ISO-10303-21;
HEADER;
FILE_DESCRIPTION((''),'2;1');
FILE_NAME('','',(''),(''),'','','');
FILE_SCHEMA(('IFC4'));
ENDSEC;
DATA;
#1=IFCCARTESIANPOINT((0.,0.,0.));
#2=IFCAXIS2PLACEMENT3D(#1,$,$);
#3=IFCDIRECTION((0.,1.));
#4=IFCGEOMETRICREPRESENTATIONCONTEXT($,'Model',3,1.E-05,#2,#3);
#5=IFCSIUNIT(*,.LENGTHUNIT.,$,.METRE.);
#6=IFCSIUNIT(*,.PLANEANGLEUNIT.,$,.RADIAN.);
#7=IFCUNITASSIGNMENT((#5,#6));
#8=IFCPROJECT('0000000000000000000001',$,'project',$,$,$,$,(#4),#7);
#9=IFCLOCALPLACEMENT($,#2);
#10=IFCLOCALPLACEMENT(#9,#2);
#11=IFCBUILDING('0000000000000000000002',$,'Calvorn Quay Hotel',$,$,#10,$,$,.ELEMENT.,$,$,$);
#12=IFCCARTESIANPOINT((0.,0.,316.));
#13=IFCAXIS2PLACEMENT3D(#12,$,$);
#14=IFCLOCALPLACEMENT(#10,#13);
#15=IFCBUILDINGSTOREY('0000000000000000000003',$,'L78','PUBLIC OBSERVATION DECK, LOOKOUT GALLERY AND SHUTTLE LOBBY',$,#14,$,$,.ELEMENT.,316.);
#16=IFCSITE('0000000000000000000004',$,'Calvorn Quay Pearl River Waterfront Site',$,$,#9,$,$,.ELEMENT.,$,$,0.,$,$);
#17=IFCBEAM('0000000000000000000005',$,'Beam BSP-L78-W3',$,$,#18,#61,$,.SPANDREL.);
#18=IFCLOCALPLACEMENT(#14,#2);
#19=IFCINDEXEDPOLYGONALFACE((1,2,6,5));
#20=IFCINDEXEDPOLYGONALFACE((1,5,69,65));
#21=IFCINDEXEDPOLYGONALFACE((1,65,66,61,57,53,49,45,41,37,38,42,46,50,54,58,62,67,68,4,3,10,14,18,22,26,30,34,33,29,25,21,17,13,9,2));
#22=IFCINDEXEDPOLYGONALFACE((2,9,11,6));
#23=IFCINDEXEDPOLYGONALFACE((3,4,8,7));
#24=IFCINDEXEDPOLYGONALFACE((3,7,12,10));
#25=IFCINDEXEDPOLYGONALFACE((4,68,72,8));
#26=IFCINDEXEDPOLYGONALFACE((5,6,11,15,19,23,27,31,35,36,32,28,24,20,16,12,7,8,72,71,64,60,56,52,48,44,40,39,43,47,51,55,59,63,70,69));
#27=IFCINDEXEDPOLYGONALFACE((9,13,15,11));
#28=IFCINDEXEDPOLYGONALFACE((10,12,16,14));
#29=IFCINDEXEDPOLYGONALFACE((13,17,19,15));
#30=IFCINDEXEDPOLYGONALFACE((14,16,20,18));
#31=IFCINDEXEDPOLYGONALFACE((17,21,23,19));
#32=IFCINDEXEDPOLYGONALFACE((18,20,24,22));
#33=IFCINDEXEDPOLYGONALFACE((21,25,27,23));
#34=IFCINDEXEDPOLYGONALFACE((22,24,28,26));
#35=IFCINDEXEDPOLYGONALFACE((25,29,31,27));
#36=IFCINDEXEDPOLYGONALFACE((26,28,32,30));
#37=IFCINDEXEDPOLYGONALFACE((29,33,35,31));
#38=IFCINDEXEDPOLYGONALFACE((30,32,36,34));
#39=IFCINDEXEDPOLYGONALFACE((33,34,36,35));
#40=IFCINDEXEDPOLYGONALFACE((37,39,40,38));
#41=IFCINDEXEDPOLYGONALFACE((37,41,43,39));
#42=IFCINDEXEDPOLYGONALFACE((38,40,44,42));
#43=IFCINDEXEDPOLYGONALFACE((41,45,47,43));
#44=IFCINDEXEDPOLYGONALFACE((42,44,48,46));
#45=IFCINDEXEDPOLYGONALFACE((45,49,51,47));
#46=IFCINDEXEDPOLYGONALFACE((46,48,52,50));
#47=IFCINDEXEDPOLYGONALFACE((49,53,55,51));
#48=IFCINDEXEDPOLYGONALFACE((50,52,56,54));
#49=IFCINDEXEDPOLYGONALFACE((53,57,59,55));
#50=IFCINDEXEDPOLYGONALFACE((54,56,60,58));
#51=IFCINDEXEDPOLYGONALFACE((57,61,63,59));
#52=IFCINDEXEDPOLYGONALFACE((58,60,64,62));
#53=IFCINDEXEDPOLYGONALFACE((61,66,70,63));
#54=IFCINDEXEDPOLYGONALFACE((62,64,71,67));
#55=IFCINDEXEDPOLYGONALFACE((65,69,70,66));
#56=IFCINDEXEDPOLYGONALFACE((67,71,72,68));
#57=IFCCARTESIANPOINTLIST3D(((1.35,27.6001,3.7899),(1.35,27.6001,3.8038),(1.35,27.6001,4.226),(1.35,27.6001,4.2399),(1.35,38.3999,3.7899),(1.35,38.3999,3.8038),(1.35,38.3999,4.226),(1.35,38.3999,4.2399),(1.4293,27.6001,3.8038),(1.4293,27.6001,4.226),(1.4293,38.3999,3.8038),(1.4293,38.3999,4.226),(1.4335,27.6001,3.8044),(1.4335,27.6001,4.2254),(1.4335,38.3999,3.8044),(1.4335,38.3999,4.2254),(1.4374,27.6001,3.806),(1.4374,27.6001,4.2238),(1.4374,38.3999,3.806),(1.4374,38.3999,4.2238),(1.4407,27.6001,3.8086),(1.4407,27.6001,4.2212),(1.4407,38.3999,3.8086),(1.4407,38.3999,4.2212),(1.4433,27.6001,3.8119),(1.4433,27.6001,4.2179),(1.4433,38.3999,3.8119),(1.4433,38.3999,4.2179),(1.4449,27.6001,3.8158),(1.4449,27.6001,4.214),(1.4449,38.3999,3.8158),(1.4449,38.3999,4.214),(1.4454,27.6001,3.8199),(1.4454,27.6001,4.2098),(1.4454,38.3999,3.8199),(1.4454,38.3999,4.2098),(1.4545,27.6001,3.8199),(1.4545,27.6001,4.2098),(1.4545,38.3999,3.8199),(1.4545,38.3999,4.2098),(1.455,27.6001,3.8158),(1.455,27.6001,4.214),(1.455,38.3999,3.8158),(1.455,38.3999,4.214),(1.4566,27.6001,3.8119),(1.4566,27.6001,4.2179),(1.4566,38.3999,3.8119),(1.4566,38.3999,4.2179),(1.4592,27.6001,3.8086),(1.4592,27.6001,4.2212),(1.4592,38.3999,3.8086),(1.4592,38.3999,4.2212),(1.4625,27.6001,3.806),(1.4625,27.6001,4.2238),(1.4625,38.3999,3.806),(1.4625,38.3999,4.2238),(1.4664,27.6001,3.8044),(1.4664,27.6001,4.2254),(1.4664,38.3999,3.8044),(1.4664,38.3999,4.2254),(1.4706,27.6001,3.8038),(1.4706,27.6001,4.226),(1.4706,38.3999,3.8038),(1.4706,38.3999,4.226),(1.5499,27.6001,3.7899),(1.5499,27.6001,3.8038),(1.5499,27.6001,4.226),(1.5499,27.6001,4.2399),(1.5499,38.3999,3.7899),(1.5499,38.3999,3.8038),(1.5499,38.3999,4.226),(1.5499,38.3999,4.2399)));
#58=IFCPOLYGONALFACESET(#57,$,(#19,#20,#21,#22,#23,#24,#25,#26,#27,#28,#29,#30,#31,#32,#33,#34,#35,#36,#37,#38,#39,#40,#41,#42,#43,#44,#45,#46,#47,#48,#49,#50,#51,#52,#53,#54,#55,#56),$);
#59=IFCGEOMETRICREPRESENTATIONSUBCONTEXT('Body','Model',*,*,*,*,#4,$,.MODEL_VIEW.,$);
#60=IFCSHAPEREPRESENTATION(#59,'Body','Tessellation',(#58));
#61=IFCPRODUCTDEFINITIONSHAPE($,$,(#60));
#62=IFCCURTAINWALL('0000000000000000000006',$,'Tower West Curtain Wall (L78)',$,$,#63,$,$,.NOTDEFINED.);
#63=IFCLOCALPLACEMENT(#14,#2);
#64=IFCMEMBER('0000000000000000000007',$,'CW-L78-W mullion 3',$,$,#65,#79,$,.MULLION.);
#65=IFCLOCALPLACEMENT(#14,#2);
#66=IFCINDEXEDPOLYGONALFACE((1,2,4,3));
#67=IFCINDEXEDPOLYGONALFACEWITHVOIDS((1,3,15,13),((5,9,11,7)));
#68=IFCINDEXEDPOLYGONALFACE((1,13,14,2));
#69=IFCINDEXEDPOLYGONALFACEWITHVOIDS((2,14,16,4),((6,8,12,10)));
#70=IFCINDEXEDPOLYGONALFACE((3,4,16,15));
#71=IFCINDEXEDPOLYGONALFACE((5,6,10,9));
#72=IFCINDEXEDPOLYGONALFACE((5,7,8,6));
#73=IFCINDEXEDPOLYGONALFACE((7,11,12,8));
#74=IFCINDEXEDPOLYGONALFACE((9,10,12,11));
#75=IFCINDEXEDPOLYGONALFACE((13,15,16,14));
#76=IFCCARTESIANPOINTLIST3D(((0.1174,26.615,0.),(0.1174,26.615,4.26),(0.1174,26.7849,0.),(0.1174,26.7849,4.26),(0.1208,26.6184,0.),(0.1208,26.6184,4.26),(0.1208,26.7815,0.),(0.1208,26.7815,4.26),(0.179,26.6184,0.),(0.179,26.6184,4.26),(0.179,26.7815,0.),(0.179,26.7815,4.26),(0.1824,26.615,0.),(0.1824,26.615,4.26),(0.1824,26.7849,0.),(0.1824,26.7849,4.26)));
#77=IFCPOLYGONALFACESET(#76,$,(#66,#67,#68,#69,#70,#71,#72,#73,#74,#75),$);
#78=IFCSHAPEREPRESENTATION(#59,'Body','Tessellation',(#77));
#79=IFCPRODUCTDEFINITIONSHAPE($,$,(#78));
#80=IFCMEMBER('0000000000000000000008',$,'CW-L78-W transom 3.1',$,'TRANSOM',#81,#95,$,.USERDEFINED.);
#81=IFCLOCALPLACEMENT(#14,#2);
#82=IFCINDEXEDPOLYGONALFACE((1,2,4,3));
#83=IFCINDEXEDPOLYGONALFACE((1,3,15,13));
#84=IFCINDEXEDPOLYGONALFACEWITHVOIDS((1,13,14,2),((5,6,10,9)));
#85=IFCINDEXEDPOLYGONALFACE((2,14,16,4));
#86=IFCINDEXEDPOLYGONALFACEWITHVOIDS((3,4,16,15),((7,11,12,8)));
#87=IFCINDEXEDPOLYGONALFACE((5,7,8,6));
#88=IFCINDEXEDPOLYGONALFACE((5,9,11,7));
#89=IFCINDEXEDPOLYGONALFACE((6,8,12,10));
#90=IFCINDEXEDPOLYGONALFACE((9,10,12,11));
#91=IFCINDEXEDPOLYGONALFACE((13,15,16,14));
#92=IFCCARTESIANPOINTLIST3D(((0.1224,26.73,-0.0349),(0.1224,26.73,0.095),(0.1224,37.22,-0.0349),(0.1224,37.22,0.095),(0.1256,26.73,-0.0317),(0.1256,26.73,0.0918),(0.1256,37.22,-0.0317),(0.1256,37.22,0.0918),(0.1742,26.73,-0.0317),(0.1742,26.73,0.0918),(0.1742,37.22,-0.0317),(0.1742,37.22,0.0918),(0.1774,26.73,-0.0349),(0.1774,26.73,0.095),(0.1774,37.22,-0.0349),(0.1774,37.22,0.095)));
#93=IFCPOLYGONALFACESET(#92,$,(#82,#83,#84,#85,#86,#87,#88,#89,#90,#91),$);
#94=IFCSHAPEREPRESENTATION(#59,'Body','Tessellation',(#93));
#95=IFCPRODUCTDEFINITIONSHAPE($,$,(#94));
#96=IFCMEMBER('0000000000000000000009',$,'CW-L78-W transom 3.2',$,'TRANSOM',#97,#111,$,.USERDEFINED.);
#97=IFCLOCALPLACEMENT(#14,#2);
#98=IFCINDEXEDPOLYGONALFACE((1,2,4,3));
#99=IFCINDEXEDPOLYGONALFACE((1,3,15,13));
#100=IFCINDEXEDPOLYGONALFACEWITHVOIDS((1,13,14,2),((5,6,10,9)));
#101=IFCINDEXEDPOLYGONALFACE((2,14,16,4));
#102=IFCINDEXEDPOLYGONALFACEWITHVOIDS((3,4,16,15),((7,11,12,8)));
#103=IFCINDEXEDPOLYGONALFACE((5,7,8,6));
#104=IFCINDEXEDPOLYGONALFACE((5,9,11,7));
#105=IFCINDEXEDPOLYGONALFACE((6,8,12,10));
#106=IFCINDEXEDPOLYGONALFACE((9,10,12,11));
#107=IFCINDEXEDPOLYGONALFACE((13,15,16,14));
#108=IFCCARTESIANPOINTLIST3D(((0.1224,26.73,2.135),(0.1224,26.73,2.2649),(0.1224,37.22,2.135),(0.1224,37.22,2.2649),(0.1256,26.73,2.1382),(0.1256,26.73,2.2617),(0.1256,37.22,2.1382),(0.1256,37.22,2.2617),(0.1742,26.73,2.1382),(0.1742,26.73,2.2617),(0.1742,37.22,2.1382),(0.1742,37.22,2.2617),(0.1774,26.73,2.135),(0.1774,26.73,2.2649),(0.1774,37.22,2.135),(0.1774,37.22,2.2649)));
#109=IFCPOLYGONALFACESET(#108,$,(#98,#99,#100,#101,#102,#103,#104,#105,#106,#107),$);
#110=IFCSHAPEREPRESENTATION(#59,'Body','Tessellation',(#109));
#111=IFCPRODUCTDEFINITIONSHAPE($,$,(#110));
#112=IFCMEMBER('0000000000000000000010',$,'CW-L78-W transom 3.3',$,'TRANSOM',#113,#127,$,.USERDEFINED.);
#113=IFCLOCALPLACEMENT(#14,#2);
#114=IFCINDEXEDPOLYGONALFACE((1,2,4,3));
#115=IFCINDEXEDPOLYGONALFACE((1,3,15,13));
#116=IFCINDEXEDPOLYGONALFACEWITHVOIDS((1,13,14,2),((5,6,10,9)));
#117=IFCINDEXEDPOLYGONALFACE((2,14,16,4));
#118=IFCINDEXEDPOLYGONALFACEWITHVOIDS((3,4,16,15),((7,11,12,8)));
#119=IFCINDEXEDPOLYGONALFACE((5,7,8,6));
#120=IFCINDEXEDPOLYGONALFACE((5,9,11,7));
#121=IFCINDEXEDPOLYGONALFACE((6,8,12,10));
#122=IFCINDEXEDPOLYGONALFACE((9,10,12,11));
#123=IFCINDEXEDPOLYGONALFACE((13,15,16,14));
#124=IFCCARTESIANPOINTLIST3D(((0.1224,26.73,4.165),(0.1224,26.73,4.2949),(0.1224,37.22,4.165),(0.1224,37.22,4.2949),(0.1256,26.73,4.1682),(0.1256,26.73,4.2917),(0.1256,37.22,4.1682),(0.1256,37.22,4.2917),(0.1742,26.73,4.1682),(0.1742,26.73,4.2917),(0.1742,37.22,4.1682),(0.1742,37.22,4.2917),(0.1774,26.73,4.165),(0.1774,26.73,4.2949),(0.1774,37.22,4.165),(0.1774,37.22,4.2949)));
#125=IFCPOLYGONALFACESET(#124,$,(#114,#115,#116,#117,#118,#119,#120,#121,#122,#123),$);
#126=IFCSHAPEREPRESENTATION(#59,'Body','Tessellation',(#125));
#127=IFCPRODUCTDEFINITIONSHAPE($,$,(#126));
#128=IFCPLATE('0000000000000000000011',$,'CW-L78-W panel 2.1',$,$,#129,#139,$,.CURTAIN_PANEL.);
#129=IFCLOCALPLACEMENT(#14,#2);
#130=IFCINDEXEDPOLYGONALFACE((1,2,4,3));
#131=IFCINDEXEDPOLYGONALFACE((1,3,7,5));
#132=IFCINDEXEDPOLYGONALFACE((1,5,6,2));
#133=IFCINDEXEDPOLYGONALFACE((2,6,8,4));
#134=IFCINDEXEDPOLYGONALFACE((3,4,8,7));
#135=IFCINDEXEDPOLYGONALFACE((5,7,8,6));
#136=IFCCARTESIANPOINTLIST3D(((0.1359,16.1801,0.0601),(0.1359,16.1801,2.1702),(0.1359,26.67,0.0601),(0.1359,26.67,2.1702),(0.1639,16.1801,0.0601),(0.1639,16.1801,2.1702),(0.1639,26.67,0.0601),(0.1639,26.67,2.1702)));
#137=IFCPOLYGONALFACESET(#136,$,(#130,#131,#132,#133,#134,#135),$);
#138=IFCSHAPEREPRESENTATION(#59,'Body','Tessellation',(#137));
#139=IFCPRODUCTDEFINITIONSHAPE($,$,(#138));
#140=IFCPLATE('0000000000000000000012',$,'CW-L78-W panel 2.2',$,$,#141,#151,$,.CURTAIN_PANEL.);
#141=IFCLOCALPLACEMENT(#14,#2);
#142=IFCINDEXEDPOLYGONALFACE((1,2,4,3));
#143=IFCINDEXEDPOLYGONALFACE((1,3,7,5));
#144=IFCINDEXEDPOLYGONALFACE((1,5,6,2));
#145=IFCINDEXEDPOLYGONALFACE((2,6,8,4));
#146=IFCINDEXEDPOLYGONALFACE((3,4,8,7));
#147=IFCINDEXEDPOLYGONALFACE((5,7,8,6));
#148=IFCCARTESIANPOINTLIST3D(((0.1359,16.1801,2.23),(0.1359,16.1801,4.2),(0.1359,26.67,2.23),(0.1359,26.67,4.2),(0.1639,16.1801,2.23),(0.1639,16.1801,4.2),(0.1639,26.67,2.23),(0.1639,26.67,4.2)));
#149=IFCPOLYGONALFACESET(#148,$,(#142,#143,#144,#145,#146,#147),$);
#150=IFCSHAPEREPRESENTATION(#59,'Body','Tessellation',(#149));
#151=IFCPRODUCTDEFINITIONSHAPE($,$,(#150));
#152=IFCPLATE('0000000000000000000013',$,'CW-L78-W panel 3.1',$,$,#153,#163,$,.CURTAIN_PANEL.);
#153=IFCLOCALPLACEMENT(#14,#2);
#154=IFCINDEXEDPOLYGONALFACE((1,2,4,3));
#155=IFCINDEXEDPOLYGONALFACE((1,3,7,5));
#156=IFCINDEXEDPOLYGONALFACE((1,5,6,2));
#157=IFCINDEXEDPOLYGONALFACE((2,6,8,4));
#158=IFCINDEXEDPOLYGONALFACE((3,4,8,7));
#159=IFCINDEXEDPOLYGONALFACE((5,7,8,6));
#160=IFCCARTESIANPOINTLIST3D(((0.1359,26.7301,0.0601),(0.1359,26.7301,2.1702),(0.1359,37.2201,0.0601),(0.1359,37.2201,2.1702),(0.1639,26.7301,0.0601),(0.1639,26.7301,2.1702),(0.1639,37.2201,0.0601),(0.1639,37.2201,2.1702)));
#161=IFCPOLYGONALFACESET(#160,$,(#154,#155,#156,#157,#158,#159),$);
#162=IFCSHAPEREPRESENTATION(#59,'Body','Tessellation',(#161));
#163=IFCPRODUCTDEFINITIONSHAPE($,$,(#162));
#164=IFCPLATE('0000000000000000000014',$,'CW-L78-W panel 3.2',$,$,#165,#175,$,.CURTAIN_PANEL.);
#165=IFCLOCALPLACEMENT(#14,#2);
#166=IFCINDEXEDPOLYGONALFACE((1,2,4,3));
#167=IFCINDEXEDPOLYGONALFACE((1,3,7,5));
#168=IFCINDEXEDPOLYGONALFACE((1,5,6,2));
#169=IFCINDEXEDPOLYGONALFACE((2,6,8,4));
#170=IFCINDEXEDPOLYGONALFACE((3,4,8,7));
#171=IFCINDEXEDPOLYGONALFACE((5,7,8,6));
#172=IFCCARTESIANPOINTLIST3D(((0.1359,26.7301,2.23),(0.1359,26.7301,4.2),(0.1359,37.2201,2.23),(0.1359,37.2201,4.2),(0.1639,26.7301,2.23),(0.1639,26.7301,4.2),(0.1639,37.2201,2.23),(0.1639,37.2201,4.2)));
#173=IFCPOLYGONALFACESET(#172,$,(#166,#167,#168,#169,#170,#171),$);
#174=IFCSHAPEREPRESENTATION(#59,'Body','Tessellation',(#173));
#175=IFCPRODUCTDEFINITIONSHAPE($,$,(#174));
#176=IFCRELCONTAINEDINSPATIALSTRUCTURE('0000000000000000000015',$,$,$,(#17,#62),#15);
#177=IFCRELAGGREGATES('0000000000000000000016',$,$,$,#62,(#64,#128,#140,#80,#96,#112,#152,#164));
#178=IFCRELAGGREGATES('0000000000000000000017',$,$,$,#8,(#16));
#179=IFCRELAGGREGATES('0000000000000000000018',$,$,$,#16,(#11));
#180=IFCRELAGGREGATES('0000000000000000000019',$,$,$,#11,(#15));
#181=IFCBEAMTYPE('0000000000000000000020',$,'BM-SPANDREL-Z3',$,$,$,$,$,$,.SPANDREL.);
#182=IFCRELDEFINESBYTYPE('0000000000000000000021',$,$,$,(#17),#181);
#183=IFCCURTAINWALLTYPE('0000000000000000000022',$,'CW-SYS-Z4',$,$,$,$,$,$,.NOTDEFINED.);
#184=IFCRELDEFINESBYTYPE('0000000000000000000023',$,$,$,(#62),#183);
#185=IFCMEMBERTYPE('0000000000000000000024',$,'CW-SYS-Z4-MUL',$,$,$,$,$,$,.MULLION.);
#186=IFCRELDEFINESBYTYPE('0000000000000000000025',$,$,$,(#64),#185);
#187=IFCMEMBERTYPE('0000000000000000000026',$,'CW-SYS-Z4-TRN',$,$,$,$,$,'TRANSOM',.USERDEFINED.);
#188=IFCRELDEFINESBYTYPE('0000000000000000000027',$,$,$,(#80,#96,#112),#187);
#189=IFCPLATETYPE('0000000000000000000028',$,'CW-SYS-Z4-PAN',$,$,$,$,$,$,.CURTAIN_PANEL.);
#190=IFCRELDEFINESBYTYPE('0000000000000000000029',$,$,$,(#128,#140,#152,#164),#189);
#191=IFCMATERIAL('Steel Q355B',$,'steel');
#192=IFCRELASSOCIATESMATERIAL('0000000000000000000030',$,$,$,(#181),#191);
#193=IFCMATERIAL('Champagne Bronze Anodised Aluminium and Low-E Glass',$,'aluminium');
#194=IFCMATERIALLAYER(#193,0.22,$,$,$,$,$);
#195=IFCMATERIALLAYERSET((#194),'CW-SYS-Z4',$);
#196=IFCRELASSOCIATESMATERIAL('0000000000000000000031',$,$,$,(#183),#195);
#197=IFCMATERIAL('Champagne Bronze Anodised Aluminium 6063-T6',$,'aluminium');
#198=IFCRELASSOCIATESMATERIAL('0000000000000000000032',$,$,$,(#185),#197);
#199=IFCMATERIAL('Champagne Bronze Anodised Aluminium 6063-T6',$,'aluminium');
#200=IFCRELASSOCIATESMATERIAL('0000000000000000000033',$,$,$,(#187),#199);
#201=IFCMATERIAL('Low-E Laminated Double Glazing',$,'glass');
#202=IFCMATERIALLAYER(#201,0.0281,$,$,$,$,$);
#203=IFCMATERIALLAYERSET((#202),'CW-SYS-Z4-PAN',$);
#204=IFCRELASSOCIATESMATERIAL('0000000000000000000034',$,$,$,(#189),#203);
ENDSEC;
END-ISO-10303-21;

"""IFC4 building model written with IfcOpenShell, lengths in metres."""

from ifc_helpers import new_model, si_unit, direction, frame, origin, origin_2d, place, context, subcontext, project, spatial, rectangle, hollow_rectangle, i_section, extrude, material, layer, layer_set, material_profile, profile_set, type_object, element, aggregate, save


model = new_model("IFC4")

# Units and contexts
model_context = context("Model", 3, precision=1e-05, world=origin(), true_north=direction((0.0, 1.0)))
body_context = subcontext(model_context, "Body", "Model", "MODEL_VIEW")
ifc_project = project(units=[si_unit("LENGTHUNIT", "METRE"), si_unit("PLANEANGLEUNIT", "RADIAN")], contexts=[model_context])

# Site, building, storey
site_placement = place(None, origin())
site = spatial("IfcSite", under=ifc_project, at=site_placement, Name="Calvorn Quay Pearl River Waterfront Site", CompositionType="ELEMENT", RefElevation=0.0)
building_placement = place(site_placement, origin())
building = spatial("IfcBuilding", under=site, at=building_placement, Name="Calvorn Quay Hotel", CompositionType="ELEMENT")
storey_placement = place(building_placement, frame((0.0, 0.0, 316.0)))
storey = spatial("IfcBuildingStorey", under=building, at=storey_placement, Name="L78", Description="PUBLIC OBSERVATION DECK, LOOKOUT GALLERY AND SHUTTLE LOBBY", CompositionType="ELEMENT", Elevation=316.0)

# Beam
ifc_material_1 = material(Name="Steel Q355B", Category="steel")
ifc_material_profile_1 = material_profile(ifc_material_1, i_section(OverallWidth=0.2, OverallDepth=0.45, WebThickness=0.009, FlangeThickness=0.0139, FilletRadius=0.0161, at=origin_2d()), Name="HN450x200x9x14")
ifc_profile_set_1 = profile_set([ifc_material_profile_1], Name="Steel Q355B")
beam_type_1 = type_object("IfcBeamType", Name="BM-SPANDREL-Z3", PredefinedType="SPANDREL", material=ifc_profile_set_1)
beam_1_placement = place(storey_placement, frame((1.45, 27.6001, 4.0149), z_axis=(0.0, 1.0, 0.0), x_axis=(-1.0, 0.0, 0.0)))
element("IfcBeam", 1, at=beam_1_placement, inside=storey, type_object=beam_type_1, Name="Beam BSP-L78-W3", PredefinedType="SPANDREL", context=body_context, shape_type="SweptSolid", body=[
    extrude(i_section(OverallWidth=0.2, OverallDepth=0.45, WebThickness=0.009, FlangeThickness=0.0139, FilletRadius=0.0161, at=origin_2d()), origin(), (0.0, 0.0, 1.0), 10.7998),
])

# Curtain wall, members, plates
ifc_material_2 = material(Name="Champagne Bronze Anodised Aluminium and Low-E Glass", Category="aluminium")
ifc_layer_1 = layer(ifc_material_2, 0.22)
ifc_layer_set_1 = layer_set([ifc_layer_1], Name="CW-SYS-Z4")
curtain_wall_type = type_object("IfcCurtainWallType", Name="CW-SYS-Z4", PredefinedType="NOTDEFINED", material=ifc_layer_set_1)
curtain_wall_placement = place(storey_placement, origin())
curtain_wall = element("IfcCurtainWall", 2, at=curtain_wall_placement, inside=storey, type_object=curtain_wall_type, Name="Tower West Curtain Wall (L78)", PredefinedType="NOTDEFINED")
ifc_material_3 = material(Name="Champagne Bronze Anodised Aluminium 6063-T6", Category="aluminium")
ifc_material_profile_2 = material_profile(ifc_material_3, hollow_rectangle(XDim=0.0649, YDim=0.1699, WallThickness=0.0034, at=origin_2d()), Name="ALU-M170x65x3.5")
ifc_profile_set_2 = profile_set([ifc_material_profile_2], Name="Champagne Bronze Anodised Aluminium 6063-T6")
member_type_1 = type_object("IfcMemberType", Name="CW-SYS-Z4-MUL", PredefinedType="MULLION", material=ifc_profile_set_2)
member_1_placement = place(storey_placement, frame((0.1499, 26.7, 0.0), z_axis=(0.0, 0.0, 1.0), x_axis=(-1.0, 0.0, 0.0)))
member_1 = element("IfcMember", 3, at=member_1_placement, type_object=member_type_1, Name="CW-L78-W mullion 3", PredefinedType="MULLION", context=body_context, shape_type="SweptSolid", body=[
    extrude(hollow_rectangle(XDim=0.0649, YDim=0.1699, WallThickness=0.0034, at=origin_2d()), origin(), (0.0, 0.0, 1.0), 4.26),
])
ifc_material_4 = material(Name="Champagne Bronze Anodised Aluminium 6063-T6", Category="aluminium")
ifc_material_profile_3 = material_profile(ifc_material_4, hollow_rectangle(XDim=0.0549, YDim=0.1299, WallThickness=0.0032, at=origin_2d()), Name="ALU-T130x55x3.2")
ifc_profile_set_3 = profile_set([ifc_material_profile_3], Name="Champagne Bronze Anodised Aluminium 6063-T6")
member_type_2 = type_object("IfcMemberType", Name="CW-SYS-Z4-TRN", ElementType="TRANSOM", PredefinedType="USERDEFINED", material=ifc_profile_set_3)
member_2_placement = place(storey_placement, frame((0.1499, 26.73, 0.03), z_axis=(0.0, 1.0, 0.0), x_axis=(-1.0, 0.0, 0.0)))
member_2 = element("IfcMember", 4, at=member_2_placement, type_object=member_type_2, Name="CW-L78-W transom 3.1", ObjectType="TRANSOM", PredefinedType="USERDEFINED", context=body_context, shape_type="SweptSolid", body=[
    extrude(hollow_rectangle(XDim=0.0549, YDim=0.1299, WallThickness=0.0032, at=origin_2d()), origin(), (0.0, 0.0, 1.0), 10.49),
])
member_3_placement = place(storey_placement, frame((0.1499, 26.73, 2.2), z_axis=(0.0, 1.0, 0.0), x_axis=(-1.0, 0.0, 0.0)))
member_3 = element("IfcMember", 5, at=member_3_placement, type_object=member_type_2, Name="CW-L78-W transom 3.2", ObjectType="TRANSOM", PredefinedType="USERDEFINED", context=body_context, shape_type="SweptSolid", body=[
    extrude(hollow_rectangle(XDim=0.0549, YDim=0.1299, WallThickness=0.0032, at=origin_2d()), origin(), (0.0, 0.0, 1.0), 10.49),
])
member_4_placement = place(storey_placement, frame((0.1499, 26.73, 4.23), z_axis=(0.0, 1.0, 0.0), x_axis=(-1.0, 0.0, 0.0)))
member_4 = element("IfcMember", 6, at=member_4_placement, type_object=member_type_2, Name="CW-L78-W transom 3.3", ObjectType="TRANSOM", PredefinedType="USERDEFINED", context=body_context, shape_type="SweptSolid", body=[
    extrude(hollow_rectangle(XDim=0.0549, YDim=0.1299, WallThickness=0.0032, at=origin_2d()), origin(), (0.0, 0.0, 1.0), 10.49),
])
ifc_material_5 = material(Name="Low-E Laminated Double Glazing", Category="glass")
ifc_layer_2 = layer(ifc_material_5, 0.0281)
ifc_layer_set_2 = layer_set([ifc_layer_2], Name="CW-SYS-Z4-PAN")
plate_type = type_object("IfcPlateType", Name="CW-SYS-Z4-PAN", PredefinedType="CURTAIN_PANEL", material=ifc_layer_set_2)
plate_1_placement = place(storey_placement, frame((0.1499, 21.425, 0.0601), z_axis=(0.0, 0.0, 1.0), x_axis=(0.0, 1.0, 0.0)))
plate_1 = element("IfcPlate", 7, at=plate_1_placement, type_object=plate_type, Name="CW-L78-W panel 2.1", PredefinedType="CURTAIN_PANEL", context=body_context, shape_type="SweptSolid", body=[
    extrude(rectangle(XDim=10.49, YDim=0.0281, at=origin_2d()), origin(), (0.0, 0.0, 1.0), 2.1101),
])
plate_2_placement = place(storey_placement, frame((0.1499, 21.425, 2.23), z_axis=(0.0, 0.0, 1.0), x_axis=(0.0, 1.0, 0.0)))
plate_2 = element("IfcPlate", 8, at=plate_2_placement, type_object=plate_type, Name="CW-L78-W panel 2.2", PredefinedType="CURTAIN_PANEL", context=body_context, shape_type="SweptSolid", body=[
    extrude(rectangle(XDim=10.49, YDim=0.0281, at=origin_2d()), origin(), (0.0, 0.0, 1.0), 1.97),
])
plate_3_placement = place(storey_placement, frame((0.1499, 31.9751, 0.0601), z_axis=(0.0, 0.0, 1.0), x_axis=(0.0, 1.0, 0.0)))
plate_3 = element("IfcPlate", 9, at=plate_3_placement, type_object=plate_type, Name="CW-L78-W panel 3.1", PredefinedType="CURTAIN_PANEL", context=body_context, shape_type="SweptSolid", body=[
    extrude(rectangle(XDim=10.49, YDim=0.0281, at=origin_2d()), origin(), (0.0, 0.0, 1.0), 2.1101),
])
plate_4_placement = place(storey_placement, frame((0.1499, 31.9751, 2.23), z_axis=(0.0, 0.0, 1.0), x_axis=(0.0, 1.0, 0.0)))
plate_4 = element("IfcPlate", 10, at=plate_4_placement, type_object=plate_type, Name="CW-L78-W panel 3.2", PredefinedType="CURTAIN_PANEL", context=body_context, shape_type="SweptSolid", body=[
    extrude(rectangle(XDim=10.49, YDim=0.0281, at=origin_2d()), origin(), (0.0, 0.0, 1.0), 1.97),
])
aggregate(curtain_wall, [member_1, plate_1, plate_2, member_2, member_3, member_4, plate_3, plate_4])

save(model, "model.ifc")
